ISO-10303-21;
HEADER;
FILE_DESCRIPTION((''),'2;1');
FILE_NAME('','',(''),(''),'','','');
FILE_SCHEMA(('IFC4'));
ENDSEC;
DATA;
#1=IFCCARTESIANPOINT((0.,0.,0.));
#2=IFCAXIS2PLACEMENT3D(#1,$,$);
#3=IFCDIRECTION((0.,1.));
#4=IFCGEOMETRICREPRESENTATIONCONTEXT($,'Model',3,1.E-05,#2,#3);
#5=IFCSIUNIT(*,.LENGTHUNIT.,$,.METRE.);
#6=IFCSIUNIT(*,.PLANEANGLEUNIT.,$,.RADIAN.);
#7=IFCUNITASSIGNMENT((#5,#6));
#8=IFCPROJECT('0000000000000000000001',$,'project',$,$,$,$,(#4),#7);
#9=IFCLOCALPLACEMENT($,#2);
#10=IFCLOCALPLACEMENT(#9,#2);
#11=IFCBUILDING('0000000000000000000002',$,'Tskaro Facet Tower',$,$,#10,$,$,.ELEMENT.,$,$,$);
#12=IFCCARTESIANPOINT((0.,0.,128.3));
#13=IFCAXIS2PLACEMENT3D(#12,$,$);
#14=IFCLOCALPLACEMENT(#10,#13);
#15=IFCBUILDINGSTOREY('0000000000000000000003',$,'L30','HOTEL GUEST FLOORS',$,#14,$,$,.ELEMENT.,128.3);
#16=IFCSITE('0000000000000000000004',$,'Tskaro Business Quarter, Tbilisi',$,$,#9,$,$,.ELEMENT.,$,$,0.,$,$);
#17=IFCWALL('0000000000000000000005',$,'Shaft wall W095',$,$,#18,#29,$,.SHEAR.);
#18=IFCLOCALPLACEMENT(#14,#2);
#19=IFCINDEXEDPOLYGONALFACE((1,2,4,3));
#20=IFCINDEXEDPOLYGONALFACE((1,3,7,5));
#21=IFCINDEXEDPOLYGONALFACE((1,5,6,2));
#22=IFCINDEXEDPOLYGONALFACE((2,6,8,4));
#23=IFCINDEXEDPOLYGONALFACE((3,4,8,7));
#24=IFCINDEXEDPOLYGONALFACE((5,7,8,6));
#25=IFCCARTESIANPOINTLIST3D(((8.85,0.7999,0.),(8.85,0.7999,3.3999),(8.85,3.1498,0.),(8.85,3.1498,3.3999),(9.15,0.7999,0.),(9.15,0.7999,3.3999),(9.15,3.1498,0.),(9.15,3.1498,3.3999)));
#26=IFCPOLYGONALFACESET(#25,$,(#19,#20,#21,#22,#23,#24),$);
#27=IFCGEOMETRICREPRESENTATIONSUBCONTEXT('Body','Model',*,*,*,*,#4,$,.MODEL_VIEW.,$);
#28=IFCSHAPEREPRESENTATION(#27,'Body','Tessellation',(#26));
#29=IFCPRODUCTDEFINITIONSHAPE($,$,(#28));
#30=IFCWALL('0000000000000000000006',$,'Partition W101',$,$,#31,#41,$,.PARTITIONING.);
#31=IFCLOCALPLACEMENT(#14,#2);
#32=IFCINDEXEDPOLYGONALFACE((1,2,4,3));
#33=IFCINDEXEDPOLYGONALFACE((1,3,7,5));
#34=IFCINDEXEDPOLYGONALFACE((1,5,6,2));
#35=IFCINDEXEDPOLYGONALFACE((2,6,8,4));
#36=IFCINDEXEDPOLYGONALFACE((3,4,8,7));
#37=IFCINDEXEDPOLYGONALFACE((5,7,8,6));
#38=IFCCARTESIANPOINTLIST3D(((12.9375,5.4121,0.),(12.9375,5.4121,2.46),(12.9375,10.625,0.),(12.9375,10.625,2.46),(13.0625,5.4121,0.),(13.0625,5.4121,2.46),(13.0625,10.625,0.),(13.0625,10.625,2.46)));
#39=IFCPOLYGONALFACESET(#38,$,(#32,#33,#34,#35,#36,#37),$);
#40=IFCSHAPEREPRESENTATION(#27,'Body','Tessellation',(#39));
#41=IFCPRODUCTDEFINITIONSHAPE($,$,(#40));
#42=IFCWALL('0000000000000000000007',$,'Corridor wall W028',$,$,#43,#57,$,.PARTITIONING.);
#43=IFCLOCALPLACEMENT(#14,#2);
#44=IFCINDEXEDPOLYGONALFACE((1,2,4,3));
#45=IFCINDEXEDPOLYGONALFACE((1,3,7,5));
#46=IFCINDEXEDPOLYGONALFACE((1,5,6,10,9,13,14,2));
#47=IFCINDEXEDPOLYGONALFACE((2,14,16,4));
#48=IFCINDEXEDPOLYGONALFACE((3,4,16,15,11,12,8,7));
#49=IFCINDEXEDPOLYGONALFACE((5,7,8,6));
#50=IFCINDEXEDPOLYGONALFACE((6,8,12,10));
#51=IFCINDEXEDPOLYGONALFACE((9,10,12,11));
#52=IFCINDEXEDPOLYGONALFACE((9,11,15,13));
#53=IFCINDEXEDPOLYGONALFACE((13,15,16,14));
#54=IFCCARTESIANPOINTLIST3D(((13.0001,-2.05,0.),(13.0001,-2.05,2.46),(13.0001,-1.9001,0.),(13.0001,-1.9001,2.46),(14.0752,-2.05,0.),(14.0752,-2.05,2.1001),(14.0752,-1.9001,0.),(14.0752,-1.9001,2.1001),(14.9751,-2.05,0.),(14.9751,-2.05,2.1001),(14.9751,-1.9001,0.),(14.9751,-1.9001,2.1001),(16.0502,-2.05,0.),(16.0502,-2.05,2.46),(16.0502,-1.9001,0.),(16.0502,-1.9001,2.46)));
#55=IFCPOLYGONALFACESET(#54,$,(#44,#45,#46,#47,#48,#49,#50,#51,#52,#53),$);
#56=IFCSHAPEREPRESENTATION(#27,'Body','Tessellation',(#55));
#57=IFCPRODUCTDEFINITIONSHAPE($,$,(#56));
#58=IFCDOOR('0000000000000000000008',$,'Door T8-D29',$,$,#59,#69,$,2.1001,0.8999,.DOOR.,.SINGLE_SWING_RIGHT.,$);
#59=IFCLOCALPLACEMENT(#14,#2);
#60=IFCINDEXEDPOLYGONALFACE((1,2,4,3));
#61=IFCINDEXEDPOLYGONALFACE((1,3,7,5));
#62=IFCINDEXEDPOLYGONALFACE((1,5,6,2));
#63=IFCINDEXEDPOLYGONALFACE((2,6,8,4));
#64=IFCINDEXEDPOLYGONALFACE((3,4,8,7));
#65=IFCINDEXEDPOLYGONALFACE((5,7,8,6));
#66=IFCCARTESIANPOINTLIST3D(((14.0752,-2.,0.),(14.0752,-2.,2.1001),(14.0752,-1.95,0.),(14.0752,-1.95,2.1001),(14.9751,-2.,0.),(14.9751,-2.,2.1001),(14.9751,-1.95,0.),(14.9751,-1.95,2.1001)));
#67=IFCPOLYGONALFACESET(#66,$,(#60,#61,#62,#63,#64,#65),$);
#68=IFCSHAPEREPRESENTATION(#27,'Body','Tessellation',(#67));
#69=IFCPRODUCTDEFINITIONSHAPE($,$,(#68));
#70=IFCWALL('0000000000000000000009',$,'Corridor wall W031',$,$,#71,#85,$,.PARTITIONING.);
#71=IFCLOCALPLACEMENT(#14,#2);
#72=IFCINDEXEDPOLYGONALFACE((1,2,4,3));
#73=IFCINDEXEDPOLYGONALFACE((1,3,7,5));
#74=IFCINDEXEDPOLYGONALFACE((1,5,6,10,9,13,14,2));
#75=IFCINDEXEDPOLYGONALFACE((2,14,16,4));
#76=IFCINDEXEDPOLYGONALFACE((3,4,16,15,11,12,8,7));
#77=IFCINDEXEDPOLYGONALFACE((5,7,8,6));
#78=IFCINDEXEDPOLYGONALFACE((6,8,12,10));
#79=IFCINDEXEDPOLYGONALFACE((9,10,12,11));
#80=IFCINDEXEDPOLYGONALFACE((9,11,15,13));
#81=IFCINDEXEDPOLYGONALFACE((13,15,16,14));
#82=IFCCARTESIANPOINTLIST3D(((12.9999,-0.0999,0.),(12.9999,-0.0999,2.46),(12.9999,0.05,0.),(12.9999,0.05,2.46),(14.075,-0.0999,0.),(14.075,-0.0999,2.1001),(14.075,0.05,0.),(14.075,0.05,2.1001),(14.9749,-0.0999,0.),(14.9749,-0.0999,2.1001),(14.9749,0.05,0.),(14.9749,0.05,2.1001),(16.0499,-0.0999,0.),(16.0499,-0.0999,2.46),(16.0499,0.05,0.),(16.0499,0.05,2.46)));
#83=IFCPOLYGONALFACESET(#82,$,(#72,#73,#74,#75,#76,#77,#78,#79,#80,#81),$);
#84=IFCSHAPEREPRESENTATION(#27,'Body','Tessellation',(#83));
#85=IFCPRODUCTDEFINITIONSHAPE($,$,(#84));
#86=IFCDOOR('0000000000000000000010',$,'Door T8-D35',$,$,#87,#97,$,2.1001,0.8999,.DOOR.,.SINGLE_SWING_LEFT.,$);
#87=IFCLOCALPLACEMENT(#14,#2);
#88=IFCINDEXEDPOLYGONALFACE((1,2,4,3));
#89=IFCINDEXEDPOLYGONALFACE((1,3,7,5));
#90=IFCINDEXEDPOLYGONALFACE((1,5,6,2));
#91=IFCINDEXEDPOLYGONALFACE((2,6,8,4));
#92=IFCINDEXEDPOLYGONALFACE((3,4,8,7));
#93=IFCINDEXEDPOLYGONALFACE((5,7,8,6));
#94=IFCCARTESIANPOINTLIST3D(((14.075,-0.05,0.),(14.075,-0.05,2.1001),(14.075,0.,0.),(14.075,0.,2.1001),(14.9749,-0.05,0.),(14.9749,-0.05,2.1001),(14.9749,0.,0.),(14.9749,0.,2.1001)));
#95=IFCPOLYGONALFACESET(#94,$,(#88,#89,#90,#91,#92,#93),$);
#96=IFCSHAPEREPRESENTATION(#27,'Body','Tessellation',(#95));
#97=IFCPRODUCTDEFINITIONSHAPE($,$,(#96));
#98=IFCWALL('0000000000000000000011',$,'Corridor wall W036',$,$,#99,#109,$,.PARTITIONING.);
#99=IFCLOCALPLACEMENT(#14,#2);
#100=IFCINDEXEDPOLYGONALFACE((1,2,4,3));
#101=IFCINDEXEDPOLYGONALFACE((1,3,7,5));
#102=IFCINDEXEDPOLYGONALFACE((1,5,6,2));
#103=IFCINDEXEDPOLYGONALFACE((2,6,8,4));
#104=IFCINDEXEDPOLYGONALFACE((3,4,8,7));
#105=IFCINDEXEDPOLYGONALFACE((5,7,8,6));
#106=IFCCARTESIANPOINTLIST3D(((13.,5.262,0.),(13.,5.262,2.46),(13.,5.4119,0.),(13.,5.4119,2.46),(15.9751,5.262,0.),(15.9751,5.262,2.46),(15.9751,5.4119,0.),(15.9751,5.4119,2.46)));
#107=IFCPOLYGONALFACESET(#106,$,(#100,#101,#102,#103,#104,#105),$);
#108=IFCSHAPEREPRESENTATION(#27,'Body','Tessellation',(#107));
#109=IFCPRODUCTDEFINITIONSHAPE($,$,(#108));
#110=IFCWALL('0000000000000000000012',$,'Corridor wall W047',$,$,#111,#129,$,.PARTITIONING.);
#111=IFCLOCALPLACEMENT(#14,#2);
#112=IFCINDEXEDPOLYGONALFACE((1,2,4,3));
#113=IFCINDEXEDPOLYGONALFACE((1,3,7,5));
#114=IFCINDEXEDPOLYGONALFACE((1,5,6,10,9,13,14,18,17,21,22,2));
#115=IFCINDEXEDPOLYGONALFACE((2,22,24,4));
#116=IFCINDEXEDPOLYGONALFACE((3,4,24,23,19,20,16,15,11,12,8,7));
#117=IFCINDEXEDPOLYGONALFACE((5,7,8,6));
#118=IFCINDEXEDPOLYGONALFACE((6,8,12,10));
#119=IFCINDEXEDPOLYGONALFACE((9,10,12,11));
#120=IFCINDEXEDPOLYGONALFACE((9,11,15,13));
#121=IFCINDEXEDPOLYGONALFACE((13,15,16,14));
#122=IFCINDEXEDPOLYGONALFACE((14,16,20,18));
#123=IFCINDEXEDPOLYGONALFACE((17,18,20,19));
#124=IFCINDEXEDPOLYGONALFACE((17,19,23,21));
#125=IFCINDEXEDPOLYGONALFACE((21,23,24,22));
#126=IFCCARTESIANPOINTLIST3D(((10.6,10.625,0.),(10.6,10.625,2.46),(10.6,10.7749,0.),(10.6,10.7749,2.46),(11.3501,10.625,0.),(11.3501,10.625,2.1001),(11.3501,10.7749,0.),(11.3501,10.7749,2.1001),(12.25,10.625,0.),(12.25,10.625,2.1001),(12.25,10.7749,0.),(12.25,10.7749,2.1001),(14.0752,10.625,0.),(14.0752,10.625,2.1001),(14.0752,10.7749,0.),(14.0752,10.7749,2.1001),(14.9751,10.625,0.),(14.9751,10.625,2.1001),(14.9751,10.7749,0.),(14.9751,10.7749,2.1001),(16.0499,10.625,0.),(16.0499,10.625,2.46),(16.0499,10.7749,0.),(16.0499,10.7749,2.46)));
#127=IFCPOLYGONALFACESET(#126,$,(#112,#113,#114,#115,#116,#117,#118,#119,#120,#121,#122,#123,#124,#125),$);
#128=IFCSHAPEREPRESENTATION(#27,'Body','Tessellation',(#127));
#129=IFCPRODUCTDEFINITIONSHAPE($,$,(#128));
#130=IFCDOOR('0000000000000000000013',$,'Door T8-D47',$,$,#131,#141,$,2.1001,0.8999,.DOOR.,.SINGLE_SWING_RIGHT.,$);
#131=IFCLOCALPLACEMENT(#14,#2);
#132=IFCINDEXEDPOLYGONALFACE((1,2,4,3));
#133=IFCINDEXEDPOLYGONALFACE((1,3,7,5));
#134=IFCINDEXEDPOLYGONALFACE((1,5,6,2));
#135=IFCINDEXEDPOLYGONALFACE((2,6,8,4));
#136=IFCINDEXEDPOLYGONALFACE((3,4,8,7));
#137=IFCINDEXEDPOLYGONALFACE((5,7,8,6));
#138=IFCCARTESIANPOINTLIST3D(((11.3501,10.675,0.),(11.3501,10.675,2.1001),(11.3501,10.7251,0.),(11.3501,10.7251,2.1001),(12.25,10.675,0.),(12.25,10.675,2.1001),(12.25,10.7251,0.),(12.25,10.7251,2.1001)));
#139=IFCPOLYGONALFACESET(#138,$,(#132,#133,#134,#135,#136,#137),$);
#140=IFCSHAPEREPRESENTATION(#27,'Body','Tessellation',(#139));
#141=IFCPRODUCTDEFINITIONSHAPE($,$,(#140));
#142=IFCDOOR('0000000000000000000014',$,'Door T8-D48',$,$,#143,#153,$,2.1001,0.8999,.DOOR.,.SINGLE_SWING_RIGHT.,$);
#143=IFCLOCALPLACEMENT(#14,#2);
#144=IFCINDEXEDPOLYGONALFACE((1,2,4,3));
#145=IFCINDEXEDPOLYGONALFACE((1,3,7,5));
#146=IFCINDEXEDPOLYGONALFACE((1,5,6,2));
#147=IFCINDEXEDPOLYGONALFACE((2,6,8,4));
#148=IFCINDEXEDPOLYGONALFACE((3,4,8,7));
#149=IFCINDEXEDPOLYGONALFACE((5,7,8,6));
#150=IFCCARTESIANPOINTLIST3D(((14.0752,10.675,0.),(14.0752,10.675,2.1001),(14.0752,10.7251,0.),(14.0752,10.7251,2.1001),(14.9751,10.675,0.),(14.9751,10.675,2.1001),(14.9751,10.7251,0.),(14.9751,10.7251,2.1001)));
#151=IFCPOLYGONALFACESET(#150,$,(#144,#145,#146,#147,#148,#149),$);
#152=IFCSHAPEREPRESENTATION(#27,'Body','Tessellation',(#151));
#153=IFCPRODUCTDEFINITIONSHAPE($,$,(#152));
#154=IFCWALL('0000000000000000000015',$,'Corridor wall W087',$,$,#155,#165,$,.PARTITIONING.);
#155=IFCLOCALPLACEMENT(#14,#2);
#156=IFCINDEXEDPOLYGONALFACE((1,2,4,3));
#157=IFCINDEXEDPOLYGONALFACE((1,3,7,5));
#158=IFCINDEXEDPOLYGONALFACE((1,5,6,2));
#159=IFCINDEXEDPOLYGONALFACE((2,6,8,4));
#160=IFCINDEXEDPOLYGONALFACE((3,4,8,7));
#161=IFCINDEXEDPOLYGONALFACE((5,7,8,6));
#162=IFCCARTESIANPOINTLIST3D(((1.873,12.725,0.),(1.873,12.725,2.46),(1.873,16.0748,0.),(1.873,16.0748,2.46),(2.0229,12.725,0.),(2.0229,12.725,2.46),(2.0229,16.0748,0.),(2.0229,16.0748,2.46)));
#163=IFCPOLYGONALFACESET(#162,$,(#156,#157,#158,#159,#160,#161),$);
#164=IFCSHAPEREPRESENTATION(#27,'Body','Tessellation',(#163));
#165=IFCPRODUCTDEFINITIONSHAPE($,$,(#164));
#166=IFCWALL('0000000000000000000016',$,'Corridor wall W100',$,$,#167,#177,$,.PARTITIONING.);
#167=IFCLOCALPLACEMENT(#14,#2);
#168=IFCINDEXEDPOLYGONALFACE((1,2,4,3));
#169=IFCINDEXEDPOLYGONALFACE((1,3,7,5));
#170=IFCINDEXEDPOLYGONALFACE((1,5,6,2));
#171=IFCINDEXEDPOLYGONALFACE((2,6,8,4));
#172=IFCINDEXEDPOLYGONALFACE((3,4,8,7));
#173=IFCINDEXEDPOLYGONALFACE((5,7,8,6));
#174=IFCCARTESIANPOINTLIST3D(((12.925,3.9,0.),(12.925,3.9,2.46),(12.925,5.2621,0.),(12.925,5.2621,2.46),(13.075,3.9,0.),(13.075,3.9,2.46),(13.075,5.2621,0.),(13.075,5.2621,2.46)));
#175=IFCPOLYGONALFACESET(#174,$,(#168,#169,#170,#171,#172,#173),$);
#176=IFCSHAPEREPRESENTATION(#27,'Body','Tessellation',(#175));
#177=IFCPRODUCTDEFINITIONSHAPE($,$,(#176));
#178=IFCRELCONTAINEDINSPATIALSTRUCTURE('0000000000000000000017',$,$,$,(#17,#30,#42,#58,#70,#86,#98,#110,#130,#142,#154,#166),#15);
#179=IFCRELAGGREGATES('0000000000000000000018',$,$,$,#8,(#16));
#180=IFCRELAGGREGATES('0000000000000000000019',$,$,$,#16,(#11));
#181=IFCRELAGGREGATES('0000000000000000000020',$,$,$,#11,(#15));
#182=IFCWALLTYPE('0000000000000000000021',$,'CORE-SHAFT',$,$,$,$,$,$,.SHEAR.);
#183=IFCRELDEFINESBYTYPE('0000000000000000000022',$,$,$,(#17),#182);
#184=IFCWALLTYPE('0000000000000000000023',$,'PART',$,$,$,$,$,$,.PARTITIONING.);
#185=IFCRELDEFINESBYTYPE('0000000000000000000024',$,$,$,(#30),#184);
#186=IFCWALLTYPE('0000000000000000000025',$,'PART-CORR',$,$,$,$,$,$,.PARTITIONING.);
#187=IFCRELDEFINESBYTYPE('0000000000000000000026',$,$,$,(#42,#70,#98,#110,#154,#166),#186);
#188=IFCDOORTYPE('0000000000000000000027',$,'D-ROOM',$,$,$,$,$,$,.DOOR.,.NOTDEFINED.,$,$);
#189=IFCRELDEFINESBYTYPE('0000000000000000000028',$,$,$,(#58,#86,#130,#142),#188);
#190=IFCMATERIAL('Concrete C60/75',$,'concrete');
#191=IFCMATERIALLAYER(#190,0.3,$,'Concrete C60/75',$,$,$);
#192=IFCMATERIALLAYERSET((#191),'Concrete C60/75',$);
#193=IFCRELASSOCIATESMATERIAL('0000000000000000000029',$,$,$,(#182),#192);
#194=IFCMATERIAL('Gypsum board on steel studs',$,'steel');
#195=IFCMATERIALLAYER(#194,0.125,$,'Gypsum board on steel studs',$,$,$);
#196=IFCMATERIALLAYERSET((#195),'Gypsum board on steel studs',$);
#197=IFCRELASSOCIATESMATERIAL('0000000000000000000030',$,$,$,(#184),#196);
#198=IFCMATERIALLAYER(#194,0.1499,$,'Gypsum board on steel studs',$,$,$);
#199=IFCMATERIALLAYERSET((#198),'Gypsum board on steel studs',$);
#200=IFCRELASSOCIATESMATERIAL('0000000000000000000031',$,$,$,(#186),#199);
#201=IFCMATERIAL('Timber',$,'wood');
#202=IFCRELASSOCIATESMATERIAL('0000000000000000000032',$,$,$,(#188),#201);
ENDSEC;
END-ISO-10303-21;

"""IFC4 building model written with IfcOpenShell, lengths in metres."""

from ifc_helpers import new_model, si_unit, direction, frame, frame_2d, origin, place, context, subcontext, project, spatial, rectangle, extrude, material, layer, layer_set, type_object, element, fill, save


model = new_model("IFC4")

# Units and contexts
model_context = context("Model", 3, precision=1e-05, world=origin(), true_north=direction((0.0, 1.0)))
body_context = subcontext(model_context, "Body", "Model", "MODEL_VIEW")
ifc_project = project(units=[si_unit("LENGTHUNIT", "METRE"), si_unit("PLANEANGLEUNIT", "RADIAN")], contexts=[model_context])

# Site, building, storey
site_placement = place(None, origin())
site = spatial("IfcSite", under=ifc_project, at=site_placement, Name="Tskaro Business Quarter, Tbilisi", CompositionType="ELEMENT", RefElevation=0.0)
building_placement = place(site_placement, origin())
building = spatial("IfcBuilding", under=site, at=building_placement, Name="Tskaro Facet Tower", CompositionType="ELEMENT")
storey_placement = place(building_placement, frame((0.0, 0.0, 128.3)))
storey = spatial("IfcBuildingStorey", under=building, at=storey_placement, Name="L30", Description="HOTEL GUEST FLOORS", CompositionType="ELEMENT", Elevation=128.3)

# Walls
ifc_material_1 = material(Name="Concrete C60/75", Category="concrete")
ifc_layer_1 = layer(ifc_material_1, 0.3, Name="Concrete C60/75")
ifc_layer_set_1 = layer_set([ifc_layer_1], Name="Concrete C60/75")
wall_type_1 = type_object("IfcWallType", Name="CORE-SHAFT", PredefinedType="SHEAR", material=ifc_layer_set_1)
wall_1_placement = place(storey_placement, frame((9.0, 0.8, 0.0), z_axis=(0.0, 0.0, 1.0), x_axis=(0.0, 1.0, 0.0)))
element("IfcWall", 1, at=wall_1_placement, inside=storey, type_object=wall_type_1, Name="Shaft wall W095", PredefinedType="SHEAR", context=body_context, shape_type="SweptSolid", body=[
    extrude(rectangle(XDim=2.3499, YDim=0.3, at=frame_2d((1.1748, 0.0))), origin(), (0.0, 0.0, 1.0), 3.3999),
])
ifc_material_2 = material(Name="Gypsum board on steel studs", Category="steel")
ifc_layer_2 = layer(ifc_material_2, 0.125, Name="Gypsum board on steel studs")
ifc_layer_set_2 = layer_set([ifc_layer_2], Name="Gypsum board on steel studs")
wall_type_2 = type_object("IfcWallType", Name="PART", PredefinedType="PARTITIONING", material=ifc_layer_set_2)
wall_2_placement = place(storey_placement, frame((13.0, 5.4121, 0.0), z_axis=(0.0, 0.0, 1.0), x_axis=(0.0, 1.0, 0.0)))
element("IfcWall", 2, at=wall_2_placement, inside=storey, type_object=wall_type_2, Name="Partition W101", PredefinedType="PARTITIONING", context=body_context, shape_type="SweptSolid", body=[
    extrude(rectangle(XDim=5.2129, YDim=0.125, at=frame_2d((2.6064, 0.0))), origin(), (0.0, 0.0, 1.0), 2.46),
])

# Walls, openings, doors
ifc_layer_3 = layer(ifc_material_2, 0.1499, Name="Gypsum board on steel studs")
ifc_layer_set_3 = layer_set([ifc_layer_3], Name="Gypsum board on steel studs")
wall_type_3 = type_object("IfcWallType", Name="PART-CORR", PredefinedType="PARTITIONING", material=ifc_layer_set_3)
wall_3_placement = place(storey_placement, frame((16.05, -1.9751, 0.0), z_axis=(0.0, 0.0, 1.0), x_axis=(-1.0, 0.0, 0.0)))
wall_3 = element("IfcWall", 3, at=wall_3_placement, inside=storey, type_object=wall_type_3, Name="Corridor wall W028", PredefinedType="PARTITIONING", context=body_context, shape_type="SweptSolid", body=[
    extrude(rectangle(XDim=3.05, YDim=0.1499, at=frame_2d((1.5249, 0.0))), origin(), (0.0, 0.0, 1.0), 2.46),
])
opening_1_placement = place(wall_3_placement, frame((1.075, 0.0, 0.0)))
opening_1 = element("IfcOpeningElement", 4, at=opening_1_placement, cuts=wall_3, PredefinedType="OPENING", context=body_context, shape_type="SweptSolid", body=[
    extrude(rectangle(XDim=0.8999, YDim=2.1001, at=frame_2d((0.45, 1.05))), frame((0.0, 0.085, 0.0), z_axis=(0.0, -1.0, 0.0), x_axis=(1.0, 0.0, 0.0)), (0.0, 0.0, 1.0), 0.1699),
])
ifc_material_3 = material(Name="Timber", Category="wood")
door_type_1 = type_object("IfcDoorType", Name="D-ROOM", OperationType="NOTDEFINED", PredefinedType="DOOR", material=ifc_material_3)
door_1_placement = place(opening_1_placement, origin())
door_1 = element("IfcDoor", 5, at=door_1_placement, inside=storey, type_object=door_type_1, Name="Door T8-D29", OperationType="SINGLE_SWING_RIGHT", OverallHeight=2.1001, OverallWidth=0.8999, PredefinedType="DOOR", context=body_context, shape_type="SweptSolid", body=[
    extrude(rectangle(XDim=0.8999, YDim=2.1001, at=frame_2d((0.45, 1.05))), frame((0.0, 0.0249, 0.0), z_axis=(0.0, -1.0, 0.0), x_axis=(1.0, 0.0, 0.0)), (0.0, 0.0, 1.0), 0.05),
])
fill(opening_1, door_1)
wall_4_placement = place(storey_placement, frame((13.0, -0.0249, 0.0), z_axis=(0.0, 0.0, 1.0), x_axis=(1.0, 0.0, 0.0)))
wall_4 = element("IfcWall", 6, at=wall_4_placement, inside=storey, type_object=wall_type_3, Name="Corridor wall W031", PredefinedType="PARTITIONING", context=body_context, shape_type="SweptSolid", body=[
    extrude(rectangle(XDim=3.05, YDim=0.1499, at=frame_2d((1.5249, 0.0))), origin(), (0.0, 0.0, 1.0), 2.46),
])
opening_2_placement = place(wall_4_placement, frame((1.075, 0.0, 0.0)))
opening_2 = element("IfcOpeningElement", 7, at=opening_2_placement, cuts=wall_4, PredefinedType="OPENING", context=body_context, shape_type="SweptSolid", body=[
    extrude(rectangle(XDim=0.8999, YDim=2.1001, at=frame_2d((0.45, 1.05))), frame((0.0, 0.085, 0.0), z_axis=(0.0, -1.0, 0.0), x_axis=(1.0, 0.0, 0.0)), (0.0, 0.0, 1.0), 0.1699),
])
door_2_placement = place(opening_2_placement, origin())
door_2 = element("IfcDoor", 8, at=door_2_placement, inside=storey, type_object=door_type_1, Name="Door T8-D35", OperationType="SINGLE_SWING_LEFT", OverallHeight=2.1001, OverallWidth=0.8999, PredefinedType="DOOR", context=body_context, shape_type="SweptSolid", body=[
    extrude(rectangle(XDim=0.8999, YDim=2.1001, at=frame_2d((0.45, 1.05))), frame((0.0, 0.0249, 0.0), z_axis=(0.0, -1.0, 0.0), x_axis=(1.0, 0.0, 0.0)), (0.0, 0.0, 1.0), 0.05),
])
fill(opening_2, door_2)

# Wall
wall_5_placement = place(storey_placement, frame((13.0, 5.3369, 0.0), z_axis=(0.0, 0.0, 1.0), x_axis=(1.0, 0.0, 0.0)))
element("IfcWall", 9, at=wall_5_placement, inside=storey, type_object=wall_type_3, Name="Corridor wall W036", PredefinedType="PARTITIONING", context=body_context, shape_type="SweptSolid", body=[
    extrude(rectangle(XDim=2.9751, YDim=0.1499, at=frame_2d((1.4875, 0.0))), origin(), (0.0, 0.0, 1.0), 2.46),
])

# Wall, openings, doors
wall_6_placement = place(storey_placement, frame((16.05, 10.7, 0.0), z_axis=(0.0, 0.0, 1.0), x_axis=(-1.0, 0.0, 0.0)))
wall_6 = element("IfcWall", 10, at=wall_6_placement, inside=storey, type_object=wall_type_3, Name="Corridor wall W047", PredefinedType="PARTITIONING", context=body_context, shape_type="SweptSolid", body=[
    extrude(rectangle(XDim=5.45, YDim=0.1499, at=frame_2d((2.7251, 0.0))), origin(), (0.0, 0.0, 1.0), 2.46),
])
opening_3_placement = place(wall_6_placement, frame((3.8, 0.0, 0.0)))
opening_3 = element("IfcOpeningElement", 11, at=opening_3_placement, cuts=wall_6, PredefinedType="OPENING", context=body_context, shape_type="SweptSolid", body=[
    extrude(rectangle(XDim=0.8999, YDim=2.1001, at=frame_2d((0.45, 1.05))), frame((0.0, 0.085, 0.0), z_axis=(0.0, -1.0, 0.0), x_axis=(1.0, 0.0, 0.0)), (0.0, 0.0, 1.0), 0.1699),
])
opening_4_placement = place(wall_6_placement, frame((1.075, 0.0, 0.0)))
opening_4 = element("IfcOpeningElement", 12, at=opening_4_placement, cuts=wall_6, PredefinedType="OPENING", context=body_context, shape_type="SweptSolid", body=[
    extrude(rectangle(XDim=0.8999, YDim=2.1001, at=frame_2d((0.45, 1.05))), frame((0.0, 0.085, 0.0), z_axis=(0.0, -1.0, 0.0), x_axis=(1.0, 0.0, 0.0)), (0.0, 0.0, 1.0), 0.1699),
])
door_3_placement = place(opening_3_placement, origin())
door_3 = element("IfcDoor", 13, at=door_3_placement, inside=storey, type_object=door_type_1, Name="Door T8-D47", OperationType="SINGLE_SWING_RIGHT", OverallHeight=2.1001, OverallWidth=0.8999, PredefinedType="DOOR", context=body_context, shape_type="SweptSolid", body=[
    extrude(rectangle(XDim=0.8999, YDim=2.1001, at=frame_2d((0.45, 1.05))), frame((0.0, 0.0249, 0.0), z_axis=(0.0, -1.0, 0.0), x_axis=(1.0, 0.0, 0.0)), (0.0, 0.0, 1.0), 0.05),
])
fill(opening_3, door_3)
door_4_placement = place(opening_4_placement, origin())
door_4 = element("IfcDoor", 14, at=door_4_placement, inside=storey, type_object=door_type_1, Name="Door T8-D48", OperationType="SINGLE_SWING_RIGHT", OverallHeight=2.1001, OverallWidth=0.8999, PredefinedType="DOOR", context=body_context, shape_type="SweptSolid", body=[
    extrude(rectangle(XDim=0.8999, YDim=2.1001, at=frame_2d((0.45, 1.05))), frame((0.0, 0.0249, 0.0), z_axis=(0.0, -1.0, 0.0), x_axis=(1.0, 0.0, 0.0)), (0.0, 0.0, 1.0), 0.05),
])
fill(opening_4, door_4)

# Walls
wall_7_placement = place(storey_placement, frame((1.948, 12.7251, 0.0), z_axis=(0.0, 0.0, 1.0), x_axis=(0.0, 1.0, 0.0)))
element("IfcWall", 15, at=wall_7_placement, inside=storey, type_object=wall_type_3, Name="Corridor wall W087", PredefinedType="PARTITIONING", context=body_context, shape_type="SweptSolid", body=[
    extrude(rectangle(XDim=3.3499, YDim=0.1499, at=frame_2d((1.6748, 0.0))), origin(), (0.0, 0.0, 1.0), 2.46),
])
wall_8_placement = place(storey_placement, frame((13.0, 3.8999, 0.0), z_axis=(0.0, 0.0, 1.0), x_axis=(0.0, 1.0, 0.0)))
element("IfcWall", 16, at=wall_8_placement, inside=storey, type_object=wall_type_3, Name="Corridor wall W100", PredefinedType="PARTITIONING", context=body_context, shape_type="SweptSolid", body=[
    extrude(rectangle(XDim=1.3621, YDim=0.1499, at=frame_2d((0.6812, 0.0))), origin(), (0.0, 0.0, 1.0), 2.46),
])

save(model, "model.ifc")
